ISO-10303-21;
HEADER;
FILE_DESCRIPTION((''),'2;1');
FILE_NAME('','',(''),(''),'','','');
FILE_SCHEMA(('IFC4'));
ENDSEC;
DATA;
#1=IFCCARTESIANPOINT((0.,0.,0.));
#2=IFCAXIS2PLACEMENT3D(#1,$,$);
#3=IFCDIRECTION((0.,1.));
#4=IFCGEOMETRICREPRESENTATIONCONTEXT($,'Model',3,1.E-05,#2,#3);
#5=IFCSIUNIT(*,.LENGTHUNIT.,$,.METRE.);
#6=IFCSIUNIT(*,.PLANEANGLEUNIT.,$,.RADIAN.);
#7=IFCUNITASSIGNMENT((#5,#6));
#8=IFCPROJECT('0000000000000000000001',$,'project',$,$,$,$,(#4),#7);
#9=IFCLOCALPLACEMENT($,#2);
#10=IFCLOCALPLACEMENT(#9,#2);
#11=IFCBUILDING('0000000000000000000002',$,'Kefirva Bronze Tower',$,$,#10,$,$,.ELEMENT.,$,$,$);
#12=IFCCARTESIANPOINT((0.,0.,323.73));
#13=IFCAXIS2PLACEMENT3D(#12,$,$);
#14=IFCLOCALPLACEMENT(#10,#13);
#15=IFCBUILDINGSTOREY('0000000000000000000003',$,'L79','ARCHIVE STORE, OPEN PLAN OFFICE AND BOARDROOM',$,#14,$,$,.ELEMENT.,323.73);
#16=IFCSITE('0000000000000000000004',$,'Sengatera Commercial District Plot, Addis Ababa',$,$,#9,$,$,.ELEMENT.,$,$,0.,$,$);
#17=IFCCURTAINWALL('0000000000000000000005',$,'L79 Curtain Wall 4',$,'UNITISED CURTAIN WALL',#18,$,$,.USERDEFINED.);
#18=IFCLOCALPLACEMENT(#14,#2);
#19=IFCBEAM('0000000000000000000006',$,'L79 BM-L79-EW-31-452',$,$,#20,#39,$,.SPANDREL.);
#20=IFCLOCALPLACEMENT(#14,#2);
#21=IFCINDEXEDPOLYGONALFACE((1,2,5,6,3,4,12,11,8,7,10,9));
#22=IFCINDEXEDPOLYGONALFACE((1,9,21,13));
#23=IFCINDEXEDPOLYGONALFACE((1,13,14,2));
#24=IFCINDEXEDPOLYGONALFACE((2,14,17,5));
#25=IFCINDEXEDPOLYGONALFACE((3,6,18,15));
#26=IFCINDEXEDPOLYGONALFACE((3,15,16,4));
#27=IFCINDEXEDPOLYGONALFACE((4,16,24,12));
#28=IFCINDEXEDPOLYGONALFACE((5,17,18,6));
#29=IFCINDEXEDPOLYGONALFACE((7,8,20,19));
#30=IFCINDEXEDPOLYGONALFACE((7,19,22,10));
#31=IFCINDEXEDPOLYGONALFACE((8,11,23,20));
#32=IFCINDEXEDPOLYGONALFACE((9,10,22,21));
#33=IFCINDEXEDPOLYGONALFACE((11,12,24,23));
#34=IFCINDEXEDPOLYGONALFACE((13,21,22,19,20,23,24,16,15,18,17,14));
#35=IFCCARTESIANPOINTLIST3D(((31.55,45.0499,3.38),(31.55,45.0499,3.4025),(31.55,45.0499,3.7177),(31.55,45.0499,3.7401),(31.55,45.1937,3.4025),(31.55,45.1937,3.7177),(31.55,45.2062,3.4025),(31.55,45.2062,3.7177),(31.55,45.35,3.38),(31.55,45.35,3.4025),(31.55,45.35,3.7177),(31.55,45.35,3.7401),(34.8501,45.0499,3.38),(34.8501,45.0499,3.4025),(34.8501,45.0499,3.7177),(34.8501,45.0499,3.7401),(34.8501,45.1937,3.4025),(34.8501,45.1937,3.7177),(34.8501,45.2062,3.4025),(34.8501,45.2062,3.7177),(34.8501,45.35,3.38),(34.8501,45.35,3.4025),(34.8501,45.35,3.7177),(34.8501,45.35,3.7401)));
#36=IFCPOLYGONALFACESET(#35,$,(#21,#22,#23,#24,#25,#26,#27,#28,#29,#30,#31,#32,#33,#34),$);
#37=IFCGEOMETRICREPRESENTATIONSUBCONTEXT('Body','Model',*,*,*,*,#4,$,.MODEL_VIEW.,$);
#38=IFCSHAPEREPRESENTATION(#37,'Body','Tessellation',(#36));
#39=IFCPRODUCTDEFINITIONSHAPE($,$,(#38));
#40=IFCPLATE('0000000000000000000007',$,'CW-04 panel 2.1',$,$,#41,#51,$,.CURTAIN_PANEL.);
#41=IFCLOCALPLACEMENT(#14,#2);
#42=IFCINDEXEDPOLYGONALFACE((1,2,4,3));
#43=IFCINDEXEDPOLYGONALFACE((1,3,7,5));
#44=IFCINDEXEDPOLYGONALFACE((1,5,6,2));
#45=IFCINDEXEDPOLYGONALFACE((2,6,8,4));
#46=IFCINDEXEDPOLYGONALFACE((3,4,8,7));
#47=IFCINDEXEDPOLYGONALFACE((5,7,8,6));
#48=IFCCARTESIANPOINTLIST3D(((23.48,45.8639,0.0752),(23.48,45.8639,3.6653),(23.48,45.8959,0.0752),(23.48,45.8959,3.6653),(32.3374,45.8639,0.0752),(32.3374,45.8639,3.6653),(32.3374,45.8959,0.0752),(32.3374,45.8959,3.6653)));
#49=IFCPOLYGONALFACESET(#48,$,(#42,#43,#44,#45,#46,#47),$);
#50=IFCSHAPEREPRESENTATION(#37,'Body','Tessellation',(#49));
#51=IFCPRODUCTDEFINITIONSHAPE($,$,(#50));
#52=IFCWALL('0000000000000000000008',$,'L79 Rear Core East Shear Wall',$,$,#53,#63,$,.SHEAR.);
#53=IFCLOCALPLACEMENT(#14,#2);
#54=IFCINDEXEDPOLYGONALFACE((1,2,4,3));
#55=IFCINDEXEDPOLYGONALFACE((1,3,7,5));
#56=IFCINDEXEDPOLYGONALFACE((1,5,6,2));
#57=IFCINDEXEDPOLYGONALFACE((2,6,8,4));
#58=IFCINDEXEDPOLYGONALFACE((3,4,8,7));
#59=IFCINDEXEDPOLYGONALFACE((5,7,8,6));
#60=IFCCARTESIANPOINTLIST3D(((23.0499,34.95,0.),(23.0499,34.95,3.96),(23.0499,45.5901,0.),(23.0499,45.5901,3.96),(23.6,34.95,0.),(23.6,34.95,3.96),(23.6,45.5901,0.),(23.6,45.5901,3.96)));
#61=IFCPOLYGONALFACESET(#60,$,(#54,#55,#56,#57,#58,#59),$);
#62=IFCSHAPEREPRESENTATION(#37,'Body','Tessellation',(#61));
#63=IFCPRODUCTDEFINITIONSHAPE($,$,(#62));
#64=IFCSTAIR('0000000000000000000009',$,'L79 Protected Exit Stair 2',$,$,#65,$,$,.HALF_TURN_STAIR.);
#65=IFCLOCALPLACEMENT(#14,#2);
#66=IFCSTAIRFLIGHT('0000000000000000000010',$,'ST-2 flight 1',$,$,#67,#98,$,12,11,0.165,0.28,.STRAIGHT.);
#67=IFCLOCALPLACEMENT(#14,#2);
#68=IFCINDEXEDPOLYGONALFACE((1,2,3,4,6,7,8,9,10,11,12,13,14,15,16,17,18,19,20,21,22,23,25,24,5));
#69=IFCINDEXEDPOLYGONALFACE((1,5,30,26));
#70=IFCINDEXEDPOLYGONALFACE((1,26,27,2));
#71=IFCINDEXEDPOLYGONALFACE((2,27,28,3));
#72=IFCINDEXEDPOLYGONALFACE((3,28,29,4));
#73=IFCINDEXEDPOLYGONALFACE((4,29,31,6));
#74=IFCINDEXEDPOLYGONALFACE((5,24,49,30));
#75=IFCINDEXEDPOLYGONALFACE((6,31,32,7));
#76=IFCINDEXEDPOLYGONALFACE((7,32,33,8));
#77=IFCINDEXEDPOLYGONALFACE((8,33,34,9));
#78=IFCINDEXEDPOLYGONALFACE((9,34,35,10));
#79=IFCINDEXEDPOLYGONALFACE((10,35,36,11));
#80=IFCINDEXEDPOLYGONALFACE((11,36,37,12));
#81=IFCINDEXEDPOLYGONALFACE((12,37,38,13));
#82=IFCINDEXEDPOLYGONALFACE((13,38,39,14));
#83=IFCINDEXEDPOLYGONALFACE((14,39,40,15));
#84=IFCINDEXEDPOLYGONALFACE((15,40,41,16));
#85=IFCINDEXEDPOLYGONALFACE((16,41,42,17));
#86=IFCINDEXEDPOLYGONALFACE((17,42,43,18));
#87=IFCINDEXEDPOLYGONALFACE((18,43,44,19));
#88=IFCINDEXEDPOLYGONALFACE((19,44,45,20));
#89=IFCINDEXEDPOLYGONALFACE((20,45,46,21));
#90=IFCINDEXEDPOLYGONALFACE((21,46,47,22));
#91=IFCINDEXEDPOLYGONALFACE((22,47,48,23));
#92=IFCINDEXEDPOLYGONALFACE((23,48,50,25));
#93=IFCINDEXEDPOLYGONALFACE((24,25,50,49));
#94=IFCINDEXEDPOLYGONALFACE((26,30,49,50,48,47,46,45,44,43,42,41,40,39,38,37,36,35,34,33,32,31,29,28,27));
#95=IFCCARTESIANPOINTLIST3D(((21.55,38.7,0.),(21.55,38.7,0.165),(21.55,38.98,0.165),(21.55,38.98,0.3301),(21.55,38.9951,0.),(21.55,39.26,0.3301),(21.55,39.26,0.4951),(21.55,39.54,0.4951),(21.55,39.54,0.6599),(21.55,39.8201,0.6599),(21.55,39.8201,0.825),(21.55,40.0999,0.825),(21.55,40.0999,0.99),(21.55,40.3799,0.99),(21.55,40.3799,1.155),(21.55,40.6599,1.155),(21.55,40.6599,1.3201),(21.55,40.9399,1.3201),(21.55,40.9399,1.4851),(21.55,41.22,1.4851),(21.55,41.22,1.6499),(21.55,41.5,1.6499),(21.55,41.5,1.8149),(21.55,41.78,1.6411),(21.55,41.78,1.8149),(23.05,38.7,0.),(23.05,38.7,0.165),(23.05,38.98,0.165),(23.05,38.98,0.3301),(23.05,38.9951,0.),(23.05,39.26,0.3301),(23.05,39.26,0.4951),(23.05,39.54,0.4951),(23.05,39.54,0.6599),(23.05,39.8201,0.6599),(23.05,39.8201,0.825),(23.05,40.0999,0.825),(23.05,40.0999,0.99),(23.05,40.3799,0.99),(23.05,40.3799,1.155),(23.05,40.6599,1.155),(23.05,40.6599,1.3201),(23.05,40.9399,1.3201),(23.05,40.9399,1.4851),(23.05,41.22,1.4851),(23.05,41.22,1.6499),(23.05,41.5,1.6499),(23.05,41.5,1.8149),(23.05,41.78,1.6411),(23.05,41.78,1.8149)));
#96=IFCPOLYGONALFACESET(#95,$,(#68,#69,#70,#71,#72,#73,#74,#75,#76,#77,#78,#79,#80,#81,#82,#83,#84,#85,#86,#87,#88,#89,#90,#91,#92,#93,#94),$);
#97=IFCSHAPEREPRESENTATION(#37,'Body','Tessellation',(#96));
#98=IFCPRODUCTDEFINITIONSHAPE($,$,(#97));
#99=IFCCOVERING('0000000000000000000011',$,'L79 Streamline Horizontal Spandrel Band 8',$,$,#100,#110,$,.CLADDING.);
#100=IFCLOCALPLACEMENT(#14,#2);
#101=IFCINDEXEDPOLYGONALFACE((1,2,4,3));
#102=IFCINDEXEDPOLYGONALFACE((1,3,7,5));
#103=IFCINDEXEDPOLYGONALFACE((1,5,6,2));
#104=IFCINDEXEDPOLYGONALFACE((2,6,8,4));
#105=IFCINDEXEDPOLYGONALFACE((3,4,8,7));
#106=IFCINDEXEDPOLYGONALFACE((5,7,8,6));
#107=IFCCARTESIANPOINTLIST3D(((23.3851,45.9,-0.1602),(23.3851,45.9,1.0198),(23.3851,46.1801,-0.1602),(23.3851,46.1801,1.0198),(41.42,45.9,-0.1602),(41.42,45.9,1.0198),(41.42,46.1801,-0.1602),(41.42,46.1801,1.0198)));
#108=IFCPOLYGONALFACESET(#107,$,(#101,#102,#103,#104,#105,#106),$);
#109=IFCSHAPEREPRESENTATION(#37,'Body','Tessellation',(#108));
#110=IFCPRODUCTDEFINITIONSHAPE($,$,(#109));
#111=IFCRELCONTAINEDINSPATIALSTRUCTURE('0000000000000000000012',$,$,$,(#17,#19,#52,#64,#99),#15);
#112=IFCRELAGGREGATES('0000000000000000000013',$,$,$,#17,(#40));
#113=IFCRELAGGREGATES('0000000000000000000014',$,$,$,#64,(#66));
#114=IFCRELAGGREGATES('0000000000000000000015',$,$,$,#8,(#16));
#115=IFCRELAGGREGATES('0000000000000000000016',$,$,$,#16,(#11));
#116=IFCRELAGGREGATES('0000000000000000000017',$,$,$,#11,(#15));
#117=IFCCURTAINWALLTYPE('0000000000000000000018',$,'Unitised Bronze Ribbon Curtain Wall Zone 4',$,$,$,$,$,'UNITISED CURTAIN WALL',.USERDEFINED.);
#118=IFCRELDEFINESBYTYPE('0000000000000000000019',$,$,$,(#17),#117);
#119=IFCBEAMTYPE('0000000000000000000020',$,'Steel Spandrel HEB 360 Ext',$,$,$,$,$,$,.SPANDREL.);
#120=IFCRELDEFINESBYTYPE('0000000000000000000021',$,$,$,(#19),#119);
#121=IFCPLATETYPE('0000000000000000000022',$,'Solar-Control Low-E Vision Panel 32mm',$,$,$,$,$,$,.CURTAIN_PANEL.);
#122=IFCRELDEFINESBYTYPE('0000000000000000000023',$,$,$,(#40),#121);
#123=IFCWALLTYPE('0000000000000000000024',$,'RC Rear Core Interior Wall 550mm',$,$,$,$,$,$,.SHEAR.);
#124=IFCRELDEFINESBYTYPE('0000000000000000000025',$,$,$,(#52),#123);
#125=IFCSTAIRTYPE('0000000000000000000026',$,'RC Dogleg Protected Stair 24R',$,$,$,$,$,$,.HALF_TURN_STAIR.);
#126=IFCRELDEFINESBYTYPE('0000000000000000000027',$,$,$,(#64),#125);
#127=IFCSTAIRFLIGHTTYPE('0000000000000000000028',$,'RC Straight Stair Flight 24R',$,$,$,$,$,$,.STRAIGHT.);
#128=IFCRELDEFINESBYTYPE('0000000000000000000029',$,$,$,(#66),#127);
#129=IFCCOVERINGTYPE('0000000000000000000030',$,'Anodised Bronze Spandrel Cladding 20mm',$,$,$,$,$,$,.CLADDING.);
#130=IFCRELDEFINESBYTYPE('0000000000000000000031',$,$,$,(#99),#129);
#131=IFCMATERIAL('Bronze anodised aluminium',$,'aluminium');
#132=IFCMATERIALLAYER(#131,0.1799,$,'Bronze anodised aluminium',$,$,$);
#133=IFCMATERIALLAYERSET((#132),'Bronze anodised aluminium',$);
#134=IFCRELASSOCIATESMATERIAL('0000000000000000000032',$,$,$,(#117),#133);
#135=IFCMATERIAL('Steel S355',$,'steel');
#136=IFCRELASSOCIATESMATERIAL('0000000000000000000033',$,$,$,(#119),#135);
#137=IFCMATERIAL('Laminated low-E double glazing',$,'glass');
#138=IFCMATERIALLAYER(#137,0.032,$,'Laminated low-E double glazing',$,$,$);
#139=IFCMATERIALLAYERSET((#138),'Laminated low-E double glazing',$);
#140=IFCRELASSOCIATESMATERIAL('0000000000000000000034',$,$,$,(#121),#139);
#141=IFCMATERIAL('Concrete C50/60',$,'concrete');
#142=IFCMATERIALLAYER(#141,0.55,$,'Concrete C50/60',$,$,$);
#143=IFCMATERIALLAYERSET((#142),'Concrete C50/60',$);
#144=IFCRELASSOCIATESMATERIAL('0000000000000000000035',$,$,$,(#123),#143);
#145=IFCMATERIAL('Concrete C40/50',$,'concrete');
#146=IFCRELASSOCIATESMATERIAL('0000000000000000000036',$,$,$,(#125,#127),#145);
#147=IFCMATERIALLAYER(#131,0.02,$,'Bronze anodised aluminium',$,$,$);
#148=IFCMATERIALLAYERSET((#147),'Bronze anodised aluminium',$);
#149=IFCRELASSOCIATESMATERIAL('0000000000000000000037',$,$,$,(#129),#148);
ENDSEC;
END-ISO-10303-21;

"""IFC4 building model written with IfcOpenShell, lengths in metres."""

from ifc_helpers import new_model, si_unit, direction, frame, frame_2d, origin, origin_2d, place, context, subcontext, project, spatial, polyline, rectangle, i_section, outline, extrude, material, layer, layer_set, material_profile, profile_set, type_object, element, aggregate, save


model = new_model("IFC4")

# Units and contexts
model_context = context("Model", 3, precision=1e-05, world=origin(), true_north=direction((0.0, 1.0)))
body_context = subcontext(model_context, "Body", "Model", "MODEL_VIEW")
ifc_project = project(units=[si_unit("LENGTHUNIT", "METRE"), si_unit("PLANEANGLEUNIT", "RADIAN")], contexts=[model_context])

# Site, building, storey
site_placement = place(None, origin())
site = spatial("IfcSite", under=ifc_project, at=site_placement, Name="Sengatera Commercial District Plot, Addis Ababa", CompositionType="ELEMENT", RefElevation=0.0)
building_placement = place(site_placement, origin())
building = spatial("IfcBuilding", under=site, at=building_placement, Name="Kefirva Bronze Tower", CompositionType="ELEMENT")
storey_placement = place(building_placement, frame((0.0, 0.0, 323.73)))
storey = spatial("IfcBuildingStorey", under=building, at=storey_placement, Name="L79", Description="ARCHIVE STORE, OPEN PLAN OFFICE AND BOARDROOM", CompositionType="ELEMENT", Elevation=323.73)

# Shared definitions
ifc_material_1 = material(Name="Concrete C50/60", Category="concrete")

# Curtain wall
ifc_material_2 = material(Name="Bronze anodised aluminium", Category="aluminium")
ifc_layer_1 = layer(ifc_material_2, 0.1799, Name="Bronze anodised aluminium")
ifc_layer_set_1 = layer_set([ifc_layer_1], Name="Bronze anodised aluminium")
curtain_wall_type = type_object("IfcCurtainWallType", Name="Unitised Bronze Ribbon Curtain Wall Zone 4", ElementType="UNITISED CURTAIN WALL", PredefinedType="USERDEFINED", material=ifc_layer_set_1)
curtain_wall_placement = place(storey_placement, origin())
curtain_wall = element("IfcCurtainWall", 1, at=curtain_wall_placement, inside=storey, type_object=curtain_wall_type, Name="L79 Curtain Wall 4", ObjectType="UNITISED CURTAIN WALL", PredefinedType="USERDEFINED")

# Beam
ifc_material_3 = material(Name="Steel S355", Category="steel")
ifc_material_profile_1 = material_profile(ifc_material_3, i_section(OverallWidth=0.3, OverallDepth=0.3601, WebThickness=0.0125, FlangeThickness=0.0225, at=origin_2d()), Name="HEB 360")
ifc_profile_set_1 = profile_set([ifc_material_profile_1], Name="Steel S355")
beam_type_1 = type_object("IfcBeamType", Name="Steel Spandrel HEB 360 Ext", PredefinedType="SPANDREL", material=ifc_profile_set_1)
beam_1_placement = place(storey_placement, frame((31.55, 45.2, 3.5601), z_axis=(1.0, 0.0, 0.0), x_axis=(0.0, 1.0, 0.0)))
element("IfcBeam", 2, at=beam_1_placement, inside=storey, type_object=beam_type_1, Name="L79 BM-L79-EW-31-452", PredefinedType="SPANDREL", context=body_context, shape_type="SweptSolid", body=[
    extrude(i_section(OverallWidth=0.3, OverallDepth=0.3601, WebThickness=0.0125, FlangeThickness=0.0225, at=origin_2d()), origin(), (0.0, 0.0, 1.0), 3.3),
])

# Plate
ifc_material_4 = material(Name="Laminated low-E double glazing", Category="glass")
ifc_layer_2 = layer(ifc_material_4, 0.032, Name="Laminated low-E double glazing")
ifc_layer_set_2 = layer_set([ifc_layer_2], Name="Laminated low-E double glazing")
plate_type = type_object("IfcPlateType", Name="Solar-Control Low-E Vision Panel 32mm", PredefinedType="CURTAIN_PANEL", material=ifc_layer_set_2)
plate_placement = place(storey_placement, frame((27.9087, 45.8799, 0.0752), z_axis=(0.0, 0.0, 1.0), x_axis=(-1.0, 0.0, 0.0)))
plate = element("IfcPlate", 3, at=plate_placement, type_object=plate_type, Name="CW-04 panel 2.1", PredefinedType="CURTAIN_PANEL", context=body_context, shape_type="SweptSolid", body=[
    extrude(rectangle(XDim=8.8574, YDim=0.032, at=origin_2d()), origin(), (0.0, 0.0, 1.0), 3.5901),
])
aggregate(curtain_wall, [plate])

# Wall
ifc_layer_3 = layer(ifc_material_1, 0.55, Name="Concrete C50/60")
ifc_layer_set_3 = layer_set([ifc_layer_3], Name="Concrete C50/60")
wall_type = type_object("IfcWallType", Name="RC Rear Core Interior Wall 550mm", PredefinedType="SHEAR", material=ifc_layer_set_3)
wall_placement = place(storey_placement, frame((23.325, 34.95, 0.0), z_axis=(0.0, 0.0, 1.0), x_axis=(0.0, 1.0, 0.0)))
element("IfcWall", 4, at=wall_placement, inside=storey, type_object=wall_type, Name="L79 Rear Core East Shear Wall", PredefinedType="SHEAR", context=body_context, shape_type="SweptSolid", body=[
    extrude(rectangle(XDim=10.6401, YDim=0.55, at=frame_2d((5.3201, 0.0))), origin(), (0.0, 0.0, 1.0), 3.96),
])

# Stair, stair flight
ifc_material_5 = material(Name="Concrete C40/50", Category="concrete")
stair_type = type_object("IfcStairType", Name="RC Dogleg Protected Stair 24R", PredefinedType="HALF_TURN_STAIR", material=ifc_material_5)
stair_placement = place(storey_placement, origin())
stair = element("IfcStair", 5, at=stair_placement, inside=storey, type_object=stair_type, Name="L79 Protected Exit Stair 2", PredefinedType="HALF_TURN_STAIR")
stair_flight_type = type_object("IfcStairFlightType", Name="RC Straight Stair Flight 24R", PredefinedType="STRAIGHT", material=ifc_material_5)
stair_flight_placement = place(storey_placement, frame((22.3, 38.7, 0.0), z_axis=(0.0, 0.0, 1.0), x_axis=(0.0, 1.0, 0.0)))
stair_flight = element("IfcStairFlight", 6, at=stair_flight_placement, type_object=stair_flight_type, Name="ST-2 flight 1", NumberOfRisers=12, NumberOfTreads=11, PredefinedType="STRAIGHT", RiserHeight=0.165, TreadLength=0.28, context=body_context, shape_type="SweptSolid", body=[
    extrude(outline(polyline([(0.0, 0.0), (0.0, 0.165), (0.28, 0.165), (0.28, 0.3301), (0.5601, 0.3301), (0.5601, 0.4951), (0.8401, 0.4951), (0.8401, 0.6599), (1.1201, 0.6599), (1.1201, 0.825), (1.3999, 0.825), (1.3999, 0.99), (1.6799, 0.99), (1.6799, 1.155), (1.96, 1.155), (1.96, 1.3201), (2.24, 1.3201), (2.24, 1.4851), (2.52, 1.4851), (2.52, 1.6499), (2.8, 1.6499), (2.8, 1.8149), (3.0801, 1.8149), (3.0801, 1.98), (3.0801, 1.6411), (0.2952, 0.0), (0.0, 0.0)])), frame((0.0, 0.75, 0.0), z_axis=(0.0, -1.0, 0.0), x_axis=(1.0, 0.0, 0.0)), (0.0, 0.0, 1.0), 1.5),
])
aggregate(stair, [stair_flight])

# Covering
ifc_layer_4 = layer(ifc_material_2, 0.02, Name="Bronze anodised aluminium")
ifc_layer_set_4 = layer_set([ifc_layer_4], Name="Bronze anodised aluminium")
covering_type_1 = type_object("IfcCoveringType", Name="Anodised Bronze Spandrel Cladding 20mm", PredefinedType="CLADDING", material=ifc_layer_set_4)
covering_1_placement = place(storey_placement, frame((32.4026, 46.04, -0.1602), z_axis=(0.0, 0.0, 1.0), x_axis=(-1.0, 0.0, 0.0)))
element("IfcCovering", 7, at=covering_1_placement, inside=storey, type_object=covering_type_1, Name="L79 Streamline Horizontal Spandrel Band 8", PredefinedType="CLADDING", context=body_context, shape_type="SweptSolid", body=[
    extrude(rectangle(XDim=18.0349, YDim=0.28, at=origin_2d()), origin(), (0.0, 0.0, 1.0), 1.1799),
])

save(model, "model.ifc")
